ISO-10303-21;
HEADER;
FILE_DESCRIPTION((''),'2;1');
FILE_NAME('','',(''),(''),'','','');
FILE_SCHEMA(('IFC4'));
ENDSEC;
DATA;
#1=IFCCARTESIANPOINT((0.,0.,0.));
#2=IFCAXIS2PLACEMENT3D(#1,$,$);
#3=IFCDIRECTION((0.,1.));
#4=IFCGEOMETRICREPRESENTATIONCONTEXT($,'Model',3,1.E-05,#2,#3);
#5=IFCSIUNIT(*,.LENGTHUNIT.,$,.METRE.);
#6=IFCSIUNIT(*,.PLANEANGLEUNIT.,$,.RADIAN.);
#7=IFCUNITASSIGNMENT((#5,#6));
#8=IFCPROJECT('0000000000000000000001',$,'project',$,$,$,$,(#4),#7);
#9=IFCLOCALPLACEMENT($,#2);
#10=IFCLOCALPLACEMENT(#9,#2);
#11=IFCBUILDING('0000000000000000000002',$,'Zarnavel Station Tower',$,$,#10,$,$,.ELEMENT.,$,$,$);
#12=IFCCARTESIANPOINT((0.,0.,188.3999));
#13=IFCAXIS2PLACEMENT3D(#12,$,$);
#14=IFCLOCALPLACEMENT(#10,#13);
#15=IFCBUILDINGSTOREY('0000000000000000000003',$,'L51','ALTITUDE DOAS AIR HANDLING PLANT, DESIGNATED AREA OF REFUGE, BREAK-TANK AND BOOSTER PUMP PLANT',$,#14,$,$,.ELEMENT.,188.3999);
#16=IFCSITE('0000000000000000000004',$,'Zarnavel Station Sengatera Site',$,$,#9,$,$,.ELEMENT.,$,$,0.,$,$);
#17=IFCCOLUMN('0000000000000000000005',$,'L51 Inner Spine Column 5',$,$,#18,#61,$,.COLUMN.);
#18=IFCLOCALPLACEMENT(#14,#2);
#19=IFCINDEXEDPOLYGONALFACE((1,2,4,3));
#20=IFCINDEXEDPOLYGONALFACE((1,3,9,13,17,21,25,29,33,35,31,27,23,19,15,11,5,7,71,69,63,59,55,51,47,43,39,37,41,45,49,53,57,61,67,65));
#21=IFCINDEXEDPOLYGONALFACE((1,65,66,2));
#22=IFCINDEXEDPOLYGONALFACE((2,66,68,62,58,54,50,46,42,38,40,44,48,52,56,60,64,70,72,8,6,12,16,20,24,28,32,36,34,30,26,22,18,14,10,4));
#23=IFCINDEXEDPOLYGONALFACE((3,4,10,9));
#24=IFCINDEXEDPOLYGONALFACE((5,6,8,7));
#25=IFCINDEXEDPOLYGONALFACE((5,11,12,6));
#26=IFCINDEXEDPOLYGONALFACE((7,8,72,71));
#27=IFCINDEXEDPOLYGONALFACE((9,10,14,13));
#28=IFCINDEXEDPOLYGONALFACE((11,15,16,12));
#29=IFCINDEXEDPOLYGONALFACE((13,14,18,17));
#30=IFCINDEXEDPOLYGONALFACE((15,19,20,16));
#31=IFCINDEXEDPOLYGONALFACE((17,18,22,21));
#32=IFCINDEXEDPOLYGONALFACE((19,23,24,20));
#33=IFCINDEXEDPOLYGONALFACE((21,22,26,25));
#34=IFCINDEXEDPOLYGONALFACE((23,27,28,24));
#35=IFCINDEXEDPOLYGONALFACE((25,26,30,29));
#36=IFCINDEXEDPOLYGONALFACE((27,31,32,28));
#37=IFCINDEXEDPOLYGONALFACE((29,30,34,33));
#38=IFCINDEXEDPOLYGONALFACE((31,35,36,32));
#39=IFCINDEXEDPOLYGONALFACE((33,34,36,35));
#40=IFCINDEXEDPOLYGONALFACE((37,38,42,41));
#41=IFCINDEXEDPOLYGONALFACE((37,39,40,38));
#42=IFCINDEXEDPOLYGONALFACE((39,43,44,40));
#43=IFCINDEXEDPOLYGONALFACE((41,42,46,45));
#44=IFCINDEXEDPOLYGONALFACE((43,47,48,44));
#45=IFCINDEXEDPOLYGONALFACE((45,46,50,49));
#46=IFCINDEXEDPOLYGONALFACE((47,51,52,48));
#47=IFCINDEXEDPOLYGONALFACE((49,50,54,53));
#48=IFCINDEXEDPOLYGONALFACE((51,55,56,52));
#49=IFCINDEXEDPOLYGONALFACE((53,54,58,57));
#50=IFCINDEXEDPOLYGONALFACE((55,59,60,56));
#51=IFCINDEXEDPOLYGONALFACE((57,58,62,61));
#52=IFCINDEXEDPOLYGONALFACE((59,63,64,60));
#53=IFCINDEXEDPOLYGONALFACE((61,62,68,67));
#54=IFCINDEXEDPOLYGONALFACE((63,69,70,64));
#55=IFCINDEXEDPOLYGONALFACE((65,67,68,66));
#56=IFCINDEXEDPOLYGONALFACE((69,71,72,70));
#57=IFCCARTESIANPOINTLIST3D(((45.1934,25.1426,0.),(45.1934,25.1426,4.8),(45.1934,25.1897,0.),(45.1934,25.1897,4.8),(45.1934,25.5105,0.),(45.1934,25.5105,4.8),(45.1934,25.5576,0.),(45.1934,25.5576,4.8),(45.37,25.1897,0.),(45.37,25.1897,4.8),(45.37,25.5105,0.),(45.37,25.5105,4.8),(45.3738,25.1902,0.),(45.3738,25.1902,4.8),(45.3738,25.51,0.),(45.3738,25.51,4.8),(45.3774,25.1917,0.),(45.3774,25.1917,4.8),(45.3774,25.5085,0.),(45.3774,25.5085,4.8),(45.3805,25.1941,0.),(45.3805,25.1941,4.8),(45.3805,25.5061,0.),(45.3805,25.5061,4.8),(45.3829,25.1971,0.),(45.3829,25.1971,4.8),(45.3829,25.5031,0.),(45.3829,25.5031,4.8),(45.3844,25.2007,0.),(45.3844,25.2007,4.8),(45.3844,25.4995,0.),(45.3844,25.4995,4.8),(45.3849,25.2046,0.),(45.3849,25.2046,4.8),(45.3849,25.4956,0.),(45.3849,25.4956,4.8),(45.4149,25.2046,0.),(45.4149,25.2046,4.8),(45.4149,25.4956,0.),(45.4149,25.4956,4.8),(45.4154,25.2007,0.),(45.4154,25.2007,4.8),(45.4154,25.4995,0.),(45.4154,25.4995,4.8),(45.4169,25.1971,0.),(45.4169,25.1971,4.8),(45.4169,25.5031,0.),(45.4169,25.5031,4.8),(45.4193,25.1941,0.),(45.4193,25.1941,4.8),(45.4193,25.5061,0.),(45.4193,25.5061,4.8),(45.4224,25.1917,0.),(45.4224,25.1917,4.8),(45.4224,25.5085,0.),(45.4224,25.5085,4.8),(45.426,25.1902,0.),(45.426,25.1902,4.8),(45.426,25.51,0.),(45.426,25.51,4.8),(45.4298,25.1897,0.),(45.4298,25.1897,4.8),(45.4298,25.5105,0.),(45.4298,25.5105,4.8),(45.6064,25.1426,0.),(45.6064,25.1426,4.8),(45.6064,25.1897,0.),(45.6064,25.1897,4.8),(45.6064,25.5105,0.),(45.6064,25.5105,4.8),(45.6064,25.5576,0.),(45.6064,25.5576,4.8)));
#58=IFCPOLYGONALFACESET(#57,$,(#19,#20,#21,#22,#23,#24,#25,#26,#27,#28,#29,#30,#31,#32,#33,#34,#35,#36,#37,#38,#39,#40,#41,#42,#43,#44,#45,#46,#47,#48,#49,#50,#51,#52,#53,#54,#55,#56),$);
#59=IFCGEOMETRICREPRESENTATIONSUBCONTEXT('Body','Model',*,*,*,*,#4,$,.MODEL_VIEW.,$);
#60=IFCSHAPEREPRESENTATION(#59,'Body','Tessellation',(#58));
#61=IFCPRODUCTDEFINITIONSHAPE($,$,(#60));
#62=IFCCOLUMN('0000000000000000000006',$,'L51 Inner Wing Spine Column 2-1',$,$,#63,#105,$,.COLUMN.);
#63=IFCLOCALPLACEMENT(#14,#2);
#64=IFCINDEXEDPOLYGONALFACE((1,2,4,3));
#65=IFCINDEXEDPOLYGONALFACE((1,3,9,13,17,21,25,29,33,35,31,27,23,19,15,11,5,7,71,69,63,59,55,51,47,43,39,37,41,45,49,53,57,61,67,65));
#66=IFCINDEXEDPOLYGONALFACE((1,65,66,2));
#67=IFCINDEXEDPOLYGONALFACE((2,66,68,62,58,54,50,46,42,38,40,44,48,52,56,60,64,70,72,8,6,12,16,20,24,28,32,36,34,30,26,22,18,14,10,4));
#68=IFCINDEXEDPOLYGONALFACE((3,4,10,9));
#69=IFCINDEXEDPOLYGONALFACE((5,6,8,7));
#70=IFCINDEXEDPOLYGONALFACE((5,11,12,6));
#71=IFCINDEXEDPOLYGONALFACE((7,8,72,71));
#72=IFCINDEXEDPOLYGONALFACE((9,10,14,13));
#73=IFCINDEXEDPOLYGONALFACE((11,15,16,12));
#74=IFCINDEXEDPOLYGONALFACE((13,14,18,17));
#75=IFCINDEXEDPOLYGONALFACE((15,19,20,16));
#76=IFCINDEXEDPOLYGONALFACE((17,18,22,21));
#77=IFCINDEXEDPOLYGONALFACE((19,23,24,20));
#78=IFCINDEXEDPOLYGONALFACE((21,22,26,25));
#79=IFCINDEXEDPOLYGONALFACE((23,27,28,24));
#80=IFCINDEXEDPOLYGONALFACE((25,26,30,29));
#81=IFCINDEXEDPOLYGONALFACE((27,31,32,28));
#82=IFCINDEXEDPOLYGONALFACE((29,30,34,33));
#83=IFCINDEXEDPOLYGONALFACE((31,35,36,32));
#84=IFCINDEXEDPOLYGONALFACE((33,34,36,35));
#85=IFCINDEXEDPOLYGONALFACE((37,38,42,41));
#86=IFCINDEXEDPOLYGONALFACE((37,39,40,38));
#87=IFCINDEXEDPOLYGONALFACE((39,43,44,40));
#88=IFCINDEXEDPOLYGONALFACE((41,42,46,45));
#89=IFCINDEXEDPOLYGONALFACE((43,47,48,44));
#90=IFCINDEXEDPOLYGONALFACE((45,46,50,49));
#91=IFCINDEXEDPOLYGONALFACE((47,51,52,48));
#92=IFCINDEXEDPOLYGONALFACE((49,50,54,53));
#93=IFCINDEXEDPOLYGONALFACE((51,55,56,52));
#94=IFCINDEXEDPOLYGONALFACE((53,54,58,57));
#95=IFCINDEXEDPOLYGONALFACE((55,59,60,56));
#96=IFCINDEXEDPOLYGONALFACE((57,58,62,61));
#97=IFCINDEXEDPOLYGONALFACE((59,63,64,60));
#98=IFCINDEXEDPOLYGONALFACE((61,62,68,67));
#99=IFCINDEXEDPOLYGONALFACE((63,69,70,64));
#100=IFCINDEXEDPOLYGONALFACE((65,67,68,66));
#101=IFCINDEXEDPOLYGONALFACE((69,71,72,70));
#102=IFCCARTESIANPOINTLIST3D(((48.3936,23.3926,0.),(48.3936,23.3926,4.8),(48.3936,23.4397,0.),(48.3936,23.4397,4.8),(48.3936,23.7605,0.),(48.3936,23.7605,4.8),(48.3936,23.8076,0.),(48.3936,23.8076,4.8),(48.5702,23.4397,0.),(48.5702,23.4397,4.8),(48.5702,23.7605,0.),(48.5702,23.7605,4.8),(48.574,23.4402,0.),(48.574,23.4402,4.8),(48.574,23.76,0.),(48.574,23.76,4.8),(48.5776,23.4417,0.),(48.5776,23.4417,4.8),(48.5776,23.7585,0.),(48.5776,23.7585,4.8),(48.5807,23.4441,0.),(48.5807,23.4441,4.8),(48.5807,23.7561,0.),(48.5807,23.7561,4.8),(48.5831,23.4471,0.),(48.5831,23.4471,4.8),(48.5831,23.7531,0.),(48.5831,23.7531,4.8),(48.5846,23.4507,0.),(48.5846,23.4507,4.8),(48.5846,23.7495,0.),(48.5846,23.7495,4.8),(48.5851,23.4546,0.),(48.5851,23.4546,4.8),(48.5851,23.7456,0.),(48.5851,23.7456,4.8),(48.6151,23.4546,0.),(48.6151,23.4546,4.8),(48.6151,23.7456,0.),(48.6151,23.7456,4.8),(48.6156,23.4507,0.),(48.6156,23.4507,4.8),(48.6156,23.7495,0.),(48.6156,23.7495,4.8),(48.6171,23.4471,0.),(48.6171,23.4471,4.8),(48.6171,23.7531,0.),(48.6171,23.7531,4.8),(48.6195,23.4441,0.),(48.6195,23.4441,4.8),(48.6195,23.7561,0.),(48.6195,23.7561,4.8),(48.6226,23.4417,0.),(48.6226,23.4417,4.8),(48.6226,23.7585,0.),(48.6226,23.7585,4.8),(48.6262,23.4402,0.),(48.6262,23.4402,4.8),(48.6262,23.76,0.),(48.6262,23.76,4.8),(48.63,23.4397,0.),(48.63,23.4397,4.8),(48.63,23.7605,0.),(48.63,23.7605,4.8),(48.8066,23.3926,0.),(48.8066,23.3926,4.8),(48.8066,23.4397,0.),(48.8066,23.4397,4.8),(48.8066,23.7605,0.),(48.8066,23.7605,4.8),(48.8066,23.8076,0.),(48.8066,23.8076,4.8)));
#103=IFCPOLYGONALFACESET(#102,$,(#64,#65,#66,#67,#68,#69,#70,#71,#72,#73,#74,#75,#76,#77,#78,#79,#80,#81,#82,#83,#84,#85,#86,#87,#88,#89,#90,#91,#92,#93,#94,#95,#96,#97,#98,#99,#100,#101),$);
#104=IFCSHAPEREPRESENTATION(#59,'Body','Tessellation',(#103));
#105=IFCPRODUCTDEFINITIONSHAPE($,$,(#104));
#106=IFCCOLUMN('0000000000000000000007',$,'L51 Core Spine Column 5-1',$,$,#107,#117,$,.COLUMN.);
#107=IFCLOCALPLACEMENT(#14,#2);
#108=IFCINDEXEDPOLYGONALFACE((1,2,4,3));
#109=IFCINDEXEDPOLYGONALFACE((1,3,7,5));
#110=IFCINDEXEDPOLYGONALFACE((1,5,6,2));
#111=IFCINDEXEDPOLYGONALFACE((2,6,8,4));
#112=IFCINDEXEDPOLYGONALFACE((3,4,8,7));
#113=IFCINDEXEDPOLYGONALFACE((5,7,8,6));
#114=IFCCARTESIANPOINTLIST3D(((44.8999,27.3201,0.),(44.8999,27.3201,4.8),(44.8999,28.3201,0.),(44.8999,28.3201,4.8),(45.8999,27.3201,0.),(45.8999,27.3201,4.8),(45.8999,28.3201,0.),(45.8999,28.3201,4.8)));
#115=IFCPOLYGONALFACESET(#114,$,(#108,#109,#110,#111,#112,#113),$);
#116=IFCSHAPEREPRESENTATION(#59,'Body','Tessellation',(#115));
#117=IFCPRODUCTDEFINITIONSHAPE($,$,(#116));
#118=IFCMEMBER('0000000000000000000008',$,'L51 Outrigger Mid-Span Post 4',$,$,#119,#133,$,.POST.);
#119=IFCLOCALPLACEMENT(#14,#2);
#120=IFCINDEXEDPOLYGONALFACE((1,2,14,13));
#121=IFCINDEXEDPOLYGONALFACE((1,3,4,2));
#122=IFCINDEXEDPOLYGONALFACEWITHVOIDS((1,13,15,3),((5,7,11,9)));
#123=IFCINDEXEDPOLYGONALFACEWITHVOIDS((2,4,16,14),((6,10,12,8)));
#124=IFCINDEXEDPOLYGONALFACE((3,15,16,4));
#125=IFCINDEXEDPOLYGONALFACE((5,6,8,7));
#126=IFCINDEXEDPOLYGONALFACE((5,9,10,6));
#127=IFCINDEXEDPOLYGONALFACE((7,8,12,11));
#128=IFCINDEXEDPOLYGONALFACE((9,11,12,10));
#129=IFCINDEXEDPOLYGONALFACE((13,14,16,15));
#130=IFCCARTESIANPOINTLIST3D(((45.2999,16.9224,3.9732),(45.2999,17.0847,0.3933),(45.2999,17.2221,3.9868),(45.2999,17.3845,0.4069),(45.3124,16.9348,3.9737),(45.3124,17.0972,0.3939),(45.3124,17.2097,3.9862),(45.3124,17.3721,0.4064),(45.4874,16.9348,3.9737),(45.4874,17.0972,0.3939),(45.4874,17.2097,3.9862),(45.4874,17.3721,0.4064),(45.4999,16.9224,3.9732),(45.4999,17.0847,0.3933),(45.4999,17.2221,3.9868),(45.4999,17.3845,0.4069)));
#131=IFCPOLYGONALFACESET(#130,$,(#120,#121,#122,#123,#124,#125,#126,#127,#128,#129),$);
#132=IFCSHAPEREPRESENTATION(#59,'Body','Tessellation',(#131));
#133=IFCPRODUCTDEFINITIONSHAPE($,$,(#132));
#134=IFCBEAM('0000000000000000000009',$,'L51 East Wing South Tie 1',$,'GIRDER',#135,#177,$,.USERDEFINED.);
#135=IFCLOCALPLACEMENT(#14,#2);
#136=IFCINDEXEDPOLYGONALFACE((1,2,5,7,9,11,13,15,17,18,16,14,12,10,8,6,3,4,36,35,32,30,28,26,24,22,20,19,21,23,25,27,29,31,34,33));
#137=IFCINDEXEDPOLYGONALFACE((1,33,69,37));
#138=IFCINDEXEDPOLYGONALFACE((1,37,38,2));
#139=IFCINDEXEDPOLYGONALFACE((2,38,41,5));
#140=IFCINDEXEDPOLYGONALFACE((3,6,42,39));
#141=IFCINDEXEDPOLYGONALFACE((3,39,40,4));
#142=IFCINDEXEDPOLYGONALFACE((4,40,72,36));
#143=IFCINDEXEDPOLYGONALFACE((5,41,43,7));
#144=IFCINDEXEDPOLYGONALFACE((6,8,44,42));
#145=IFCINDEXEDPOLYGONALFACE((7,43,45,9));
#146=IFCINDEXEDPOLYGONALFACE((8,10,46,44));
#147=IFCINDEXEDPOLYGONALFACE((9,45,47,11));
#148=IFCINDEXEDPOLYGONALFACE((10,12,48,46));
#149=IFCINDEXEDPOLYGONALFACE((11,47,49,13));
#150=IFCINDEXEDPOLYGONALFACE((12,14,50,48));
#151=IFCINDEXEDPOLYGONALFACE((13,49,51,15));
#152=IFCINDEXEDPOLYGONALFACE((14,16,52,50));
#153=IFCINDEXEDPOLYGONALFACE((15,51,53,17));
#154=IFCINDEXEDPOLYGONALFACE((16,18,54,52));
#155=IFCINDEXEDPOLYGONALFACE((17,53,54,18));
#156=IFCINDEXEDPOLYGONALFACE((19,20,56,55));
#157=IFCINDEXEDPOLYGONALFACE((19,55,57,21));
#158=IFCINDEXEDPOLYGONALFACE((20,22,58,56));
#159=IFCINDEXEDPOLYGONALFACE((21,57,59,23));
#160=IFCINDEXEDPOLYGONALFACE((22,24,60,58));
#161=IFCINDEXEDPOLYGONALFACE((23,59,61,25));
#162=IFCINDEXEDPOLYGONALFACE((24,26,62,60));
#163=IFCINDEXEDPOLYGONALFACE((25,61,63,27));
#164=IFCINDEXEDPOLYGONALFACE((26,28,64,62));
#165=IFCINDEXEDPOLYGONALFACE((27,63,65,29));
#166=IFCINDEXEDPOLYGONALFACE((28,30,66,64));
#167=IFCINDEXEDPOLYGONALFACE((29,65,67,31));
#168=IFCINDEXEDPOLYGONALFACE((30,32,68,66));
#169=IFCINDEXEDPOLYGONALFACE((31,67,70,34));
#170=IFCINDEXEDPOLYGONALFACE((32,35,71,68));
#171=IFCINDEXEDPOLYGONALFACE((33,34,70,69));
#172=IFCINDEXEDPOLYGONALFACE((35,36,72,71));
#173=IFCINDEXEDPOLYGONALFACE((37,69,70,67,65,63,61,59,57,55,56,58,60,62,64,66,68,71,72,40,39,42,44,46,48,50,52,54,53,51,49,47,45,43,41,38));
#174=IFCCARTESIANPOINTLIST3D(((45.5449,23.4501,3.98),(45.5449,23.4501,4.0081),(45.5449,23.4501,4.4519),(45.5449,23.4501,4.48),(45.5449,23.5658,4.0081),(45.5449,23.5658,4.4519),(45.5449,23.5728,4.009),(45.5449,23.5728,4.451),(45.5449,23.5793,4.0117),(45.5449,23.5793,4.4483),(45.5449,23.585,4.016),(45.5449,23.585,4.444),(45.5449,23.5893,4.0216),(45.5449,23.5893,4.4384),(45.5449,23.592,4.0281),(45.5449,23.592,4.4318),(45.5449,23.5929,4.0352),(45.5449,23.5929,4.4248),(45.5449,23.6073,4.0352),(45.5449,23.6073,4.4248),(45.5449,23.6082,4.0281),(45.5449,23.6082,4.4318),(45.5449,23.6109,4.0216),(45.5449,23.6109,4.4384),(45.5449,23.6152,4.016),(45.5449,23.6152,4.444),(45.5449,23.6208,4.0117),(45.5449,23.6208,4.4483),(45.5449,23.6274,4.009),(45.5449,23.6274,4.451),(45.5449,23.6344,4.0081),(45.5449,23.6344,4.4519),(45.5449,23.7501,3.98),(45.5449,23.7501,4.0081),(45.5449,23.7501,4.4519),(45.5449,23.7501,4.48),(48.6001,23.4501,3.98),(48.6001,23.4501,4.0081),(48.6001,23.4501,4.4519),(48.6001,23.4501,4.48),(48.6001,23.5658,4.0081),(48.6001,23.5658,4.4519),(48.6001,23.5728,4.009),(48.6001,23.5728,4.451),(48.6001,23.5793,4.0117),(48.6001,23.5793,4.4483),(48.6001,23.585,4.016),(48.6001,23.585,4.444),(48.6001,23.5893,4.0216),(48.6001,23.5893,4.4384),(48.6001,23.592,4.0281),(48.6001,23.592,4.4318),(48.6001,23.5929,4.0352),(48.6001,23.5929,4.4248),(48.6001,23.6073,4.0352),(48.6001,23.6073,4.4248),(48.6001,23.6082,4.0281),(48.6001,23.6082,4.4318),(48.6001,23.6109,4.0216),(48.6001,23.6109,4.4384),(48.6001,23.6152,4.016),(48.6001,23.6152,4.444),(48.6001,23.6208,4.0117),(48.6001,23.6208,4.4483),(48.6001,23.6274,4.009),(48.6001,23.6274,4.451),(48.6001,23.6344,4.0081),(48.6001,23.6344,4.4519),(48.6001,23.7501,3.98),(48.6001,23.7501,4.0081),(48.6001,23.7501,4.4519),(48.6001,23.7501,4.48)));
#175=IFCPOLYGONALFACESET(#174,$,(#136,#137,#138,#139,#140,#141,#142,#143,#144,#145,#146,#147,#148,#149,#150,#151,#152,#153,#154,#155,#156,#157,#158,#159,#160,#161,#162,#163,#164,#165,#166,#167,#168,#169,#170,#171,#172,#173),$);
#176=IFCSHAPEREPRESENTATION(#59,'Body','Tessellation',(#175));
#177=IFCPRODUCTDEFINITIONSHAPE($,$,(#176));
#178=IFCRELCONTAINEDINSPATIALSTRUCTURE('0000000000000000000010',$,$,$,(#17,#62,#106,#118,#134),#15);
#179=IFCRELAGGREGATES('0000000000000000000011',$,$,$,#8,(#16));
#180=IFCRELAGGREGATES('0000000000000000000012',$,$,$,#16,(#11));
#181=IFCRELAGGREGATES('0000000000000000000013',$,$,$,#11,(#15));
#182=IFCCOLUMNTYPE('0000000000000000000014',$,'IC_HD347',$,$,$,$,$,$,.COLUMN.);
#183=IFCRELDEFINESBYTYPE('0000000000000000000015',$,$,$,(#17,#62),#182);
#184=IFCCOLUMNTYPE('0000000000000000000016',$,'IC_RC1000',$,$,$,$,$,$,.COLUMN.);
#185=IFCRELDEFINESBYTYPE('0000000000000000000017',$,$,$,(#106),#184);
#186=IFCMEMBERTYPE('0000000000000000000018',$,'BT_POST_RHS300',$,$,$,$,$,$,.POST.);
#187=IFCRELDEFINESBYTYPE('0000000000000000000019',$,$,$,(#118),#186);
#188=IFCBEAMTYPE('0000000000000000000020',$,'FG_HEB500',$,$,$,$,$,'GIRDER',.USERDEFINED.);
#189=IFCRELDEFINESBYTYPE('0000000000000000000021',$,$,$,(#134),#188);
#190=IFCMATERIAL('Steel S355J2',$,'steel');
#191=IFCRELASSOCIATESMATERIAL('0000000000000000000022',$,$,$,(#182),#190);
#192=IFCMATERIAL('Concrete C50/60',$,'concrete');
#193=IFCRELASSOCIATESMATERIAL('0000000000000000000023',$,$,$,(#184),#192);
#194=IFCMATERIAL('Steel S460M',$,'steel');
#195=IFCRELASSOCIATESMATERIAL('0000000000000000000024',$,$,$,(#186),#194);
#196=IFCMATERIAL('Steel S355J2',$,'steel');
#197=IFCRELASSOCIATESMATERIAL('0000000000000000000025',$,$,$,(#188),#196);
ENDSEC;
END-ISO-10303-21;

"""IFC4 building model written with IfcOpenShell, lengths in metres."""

from ifc_helpers import new_model, si_unit, direction, frame, origin, origin_2d, place, context, subcontext, project, spatial, rectangle, hollow_rectangle, i_section, extrude, material, material_profile, profile_set, type_object, element, save


model = new_model("IFC4")

# Units and contexts
model_context = context("Model", 3, precision=1e-05, world=origin(), true_north=direction((0.0, 1.0)))
body_context = subcontext(model_context, "Body", "Model", "MODEL_VIEW")
ifc_project = project(units=[si_unit("LENGTHUNIT", "METRE"), si_unit("PLANEANGLEUNIT", "RADIAN")], contexts=[model_context])

# Site, building, storey
site_placement = place(None, origin())
site = spatial("IfcSite", under=ifc_project, at=site_placement, Name="Zarnavel Station Sengatera Site", CompositionType="ELEMENT", RefElevation=0.0)
building_placement = place(site_placement, origin())
building = spatial("IfcBuilding", under=site, at=building_placement, Name="Zarnavel Station Tower", CompositionType="ELEMENT")
storey_placement = place(building_placement, frame((0.0, 0.0, 188.3999)))
storey = spatial("IfcBuildingStorey", under=building, at=storey_placement, Name="L51", Description="ALTITUDE DOAS AIR HANDLING PLANT, DESIGNATED AREA OF REFUGE, BREAK-TANK AND BOOSTER PUMP PLANT", CompositionType="ELEMENT", Elevation=188.3999)

# Columns
ifc_material_1 = material(Name="Steel S355J2", Category="steel")
ifc_material_profile_1 = material_profile(ifc_material_1, i_section(OverallWidth=0.4131, OverallDepth=0.415, WebThickness=0.03, FlangeThickness=0.0471, FilletRadius=0.0149, at=origin_2d()), Name="HD400x347")
ifc_profile_set_1 = profile_set([ifc_material_profile_1], Name="Steel S355J2")
column_type_1 = type_object("IfcColumnType", Name="IC_HD347", PredefinedType="COLUMN", material=ifc_profile_set_1)
for number, where, z_axis, x_axis, name in (
    (1, (45.3999, 25.3501, 0.0), (0.0, 0.0, 1.0), (1.0, 0.0, 0.0), "L51 Inner Spine Column 5"),
    (2, (48.6001, 23.6001, 0.0), (0.0, 0.0, 1.0), (1.0, 0.0, 0.0), "L51 Inner Wing Spine Column 2-1"),
):
    element("IfcColumn", number, at=place(storey_placement, frame(where, z_axis=z_axis, x_axis=x_axis)), inside=storey, type_object=column_type_1, Name=name, PredefinedType="COLUMN", context=body_context, shape_type="SweptSolid", body=[
        extrude(i_section(OverallWidth=0.4131, OverallDepth=0.415, WebThickness=0.03, FlangeThickness=0.0471, FilletRadius=0.0149, at=origin_2d()), origin(), (0.0, 0.0, 1.0), 4.8),
    ])
ifc_material_2 = material(Name="Concrete C50/60", Category="concrete")
ifc_material_profile_2 = material_profile(ifc_material_2, rectangle(XDim=1.0, YDim=1.0, at=origin_2d()), Name="RC1000x1000")
ifc_profile_set_2 = profile_set([ifc_material_profile_2], Name="Concrete C50/60")
column_type_2 = type_object("IfcColumnType", Name="IC_RC1000", PredefinedType="COLUMN", material=ifc_profile_set_2)
column_placement = place(storey_placement, frame((45.3999, 27.8201, 0.0), z_axis=(0.0, 0.0, 1.0), x_axis=(1.0, 0.0, 0.0)))
element("IfcColumn", 3, at=column_placement, inside=storey, type_object=column_type_2, Name="L51 Core Spine Column 5-1", PredefinedType="COLUMN", context=body_context, shape_type="SweptSolid", body=[
    extrude(rectangle(XDim=1.0, YDim=1.0, at=origin_2d()), origin(), (0.0, 0.0, 1.0), 4.8),
])

# Member
ifc_material_3 = material(Name="Steel S460M", Category="steel")
ifc_material_profile_3 = material_profile(ifc_material_3, hollow_rectangle(XDim=0.2, YDim=0.3, WallThickness=0.0125, at=origin_2d()), Name="RHS300x200x12.5")
ifc_profile_set_3 = profile_set([ifc_material_profile_3], Name="Steel S460M")
member_type_1 = type_object("IfcMemberType", Name="BT_POST_RHS300", PredefinedType="POST", material=ifc_profile_set_3)
member_1_placement = place(storey_placement, frame((45.3999, 17.2346, 0.4001), z_axis=(0.0, -0.045306, 0.998973), x_axis=(1.0, 0.0, 0.0)))
element("IfcMember", 4, at=member_1_placement, inside=storey, type_object=member_type_1, Name="L51 Outrigger Mid-Span Post 4", PredefinedType="POST", context=body_context, shape_type="SweptSolid", body=[
    extrude(hollow_rectangle(XDim=0.2, YDim=0.3, WallThickness=0.0125, at=origin_2d()), origin(), (0.0, 0.0, 1.0), 3.5835),
])

# Beam
ifc_material_4 = material(Name="Steel S355J2", Category="steel")
ifc_material_profile_4 = material_profile(ifc_material_4, i_section(OverallWidth=0.3, OverallDepth=0.5, WebThickness=0.0144, FlangeThickness=0.0281, FilletRadius=0.0271, at=origin_2d()), Name="HEB500")
ifc_profile_set_4 = profile_set([ifc_material_profile_4], Name="Steel S355J2")
beam_type_1 = type_object("IfcBeamType", Name="FG_HEB500", ElementType="GIRDER", PredefinedType="USERDEFINED", material=ifc_profile_set_4)
beam_1_placement = place(storey_placement, frame((45.5449, 23.6001, 4.23), z_axis=(1.0, 0.0, 0.0), x_axis=(0.0, 1.0, 0.0)))
element("IfcBeam", 5, at=beam_1_placement, inside=storey, type_object=beam_type_1, Name="L51 East Wing South Tie 1", ObjectType="GIRDER", PredefinedType="USERDEFINED", context=body_context, shape_type="SweptSolid", body=[
    extrude(i_section(OverallWidth=0.3, OverallDepth=0.5, WebThickness=0.0144, FlangeThickness=0.0281, FilletRadius=0.0271, at=origin_2d()), origin(), (0.0, 0.0, 1.0), 3.0552),
])

save(model, "model.ifc")
